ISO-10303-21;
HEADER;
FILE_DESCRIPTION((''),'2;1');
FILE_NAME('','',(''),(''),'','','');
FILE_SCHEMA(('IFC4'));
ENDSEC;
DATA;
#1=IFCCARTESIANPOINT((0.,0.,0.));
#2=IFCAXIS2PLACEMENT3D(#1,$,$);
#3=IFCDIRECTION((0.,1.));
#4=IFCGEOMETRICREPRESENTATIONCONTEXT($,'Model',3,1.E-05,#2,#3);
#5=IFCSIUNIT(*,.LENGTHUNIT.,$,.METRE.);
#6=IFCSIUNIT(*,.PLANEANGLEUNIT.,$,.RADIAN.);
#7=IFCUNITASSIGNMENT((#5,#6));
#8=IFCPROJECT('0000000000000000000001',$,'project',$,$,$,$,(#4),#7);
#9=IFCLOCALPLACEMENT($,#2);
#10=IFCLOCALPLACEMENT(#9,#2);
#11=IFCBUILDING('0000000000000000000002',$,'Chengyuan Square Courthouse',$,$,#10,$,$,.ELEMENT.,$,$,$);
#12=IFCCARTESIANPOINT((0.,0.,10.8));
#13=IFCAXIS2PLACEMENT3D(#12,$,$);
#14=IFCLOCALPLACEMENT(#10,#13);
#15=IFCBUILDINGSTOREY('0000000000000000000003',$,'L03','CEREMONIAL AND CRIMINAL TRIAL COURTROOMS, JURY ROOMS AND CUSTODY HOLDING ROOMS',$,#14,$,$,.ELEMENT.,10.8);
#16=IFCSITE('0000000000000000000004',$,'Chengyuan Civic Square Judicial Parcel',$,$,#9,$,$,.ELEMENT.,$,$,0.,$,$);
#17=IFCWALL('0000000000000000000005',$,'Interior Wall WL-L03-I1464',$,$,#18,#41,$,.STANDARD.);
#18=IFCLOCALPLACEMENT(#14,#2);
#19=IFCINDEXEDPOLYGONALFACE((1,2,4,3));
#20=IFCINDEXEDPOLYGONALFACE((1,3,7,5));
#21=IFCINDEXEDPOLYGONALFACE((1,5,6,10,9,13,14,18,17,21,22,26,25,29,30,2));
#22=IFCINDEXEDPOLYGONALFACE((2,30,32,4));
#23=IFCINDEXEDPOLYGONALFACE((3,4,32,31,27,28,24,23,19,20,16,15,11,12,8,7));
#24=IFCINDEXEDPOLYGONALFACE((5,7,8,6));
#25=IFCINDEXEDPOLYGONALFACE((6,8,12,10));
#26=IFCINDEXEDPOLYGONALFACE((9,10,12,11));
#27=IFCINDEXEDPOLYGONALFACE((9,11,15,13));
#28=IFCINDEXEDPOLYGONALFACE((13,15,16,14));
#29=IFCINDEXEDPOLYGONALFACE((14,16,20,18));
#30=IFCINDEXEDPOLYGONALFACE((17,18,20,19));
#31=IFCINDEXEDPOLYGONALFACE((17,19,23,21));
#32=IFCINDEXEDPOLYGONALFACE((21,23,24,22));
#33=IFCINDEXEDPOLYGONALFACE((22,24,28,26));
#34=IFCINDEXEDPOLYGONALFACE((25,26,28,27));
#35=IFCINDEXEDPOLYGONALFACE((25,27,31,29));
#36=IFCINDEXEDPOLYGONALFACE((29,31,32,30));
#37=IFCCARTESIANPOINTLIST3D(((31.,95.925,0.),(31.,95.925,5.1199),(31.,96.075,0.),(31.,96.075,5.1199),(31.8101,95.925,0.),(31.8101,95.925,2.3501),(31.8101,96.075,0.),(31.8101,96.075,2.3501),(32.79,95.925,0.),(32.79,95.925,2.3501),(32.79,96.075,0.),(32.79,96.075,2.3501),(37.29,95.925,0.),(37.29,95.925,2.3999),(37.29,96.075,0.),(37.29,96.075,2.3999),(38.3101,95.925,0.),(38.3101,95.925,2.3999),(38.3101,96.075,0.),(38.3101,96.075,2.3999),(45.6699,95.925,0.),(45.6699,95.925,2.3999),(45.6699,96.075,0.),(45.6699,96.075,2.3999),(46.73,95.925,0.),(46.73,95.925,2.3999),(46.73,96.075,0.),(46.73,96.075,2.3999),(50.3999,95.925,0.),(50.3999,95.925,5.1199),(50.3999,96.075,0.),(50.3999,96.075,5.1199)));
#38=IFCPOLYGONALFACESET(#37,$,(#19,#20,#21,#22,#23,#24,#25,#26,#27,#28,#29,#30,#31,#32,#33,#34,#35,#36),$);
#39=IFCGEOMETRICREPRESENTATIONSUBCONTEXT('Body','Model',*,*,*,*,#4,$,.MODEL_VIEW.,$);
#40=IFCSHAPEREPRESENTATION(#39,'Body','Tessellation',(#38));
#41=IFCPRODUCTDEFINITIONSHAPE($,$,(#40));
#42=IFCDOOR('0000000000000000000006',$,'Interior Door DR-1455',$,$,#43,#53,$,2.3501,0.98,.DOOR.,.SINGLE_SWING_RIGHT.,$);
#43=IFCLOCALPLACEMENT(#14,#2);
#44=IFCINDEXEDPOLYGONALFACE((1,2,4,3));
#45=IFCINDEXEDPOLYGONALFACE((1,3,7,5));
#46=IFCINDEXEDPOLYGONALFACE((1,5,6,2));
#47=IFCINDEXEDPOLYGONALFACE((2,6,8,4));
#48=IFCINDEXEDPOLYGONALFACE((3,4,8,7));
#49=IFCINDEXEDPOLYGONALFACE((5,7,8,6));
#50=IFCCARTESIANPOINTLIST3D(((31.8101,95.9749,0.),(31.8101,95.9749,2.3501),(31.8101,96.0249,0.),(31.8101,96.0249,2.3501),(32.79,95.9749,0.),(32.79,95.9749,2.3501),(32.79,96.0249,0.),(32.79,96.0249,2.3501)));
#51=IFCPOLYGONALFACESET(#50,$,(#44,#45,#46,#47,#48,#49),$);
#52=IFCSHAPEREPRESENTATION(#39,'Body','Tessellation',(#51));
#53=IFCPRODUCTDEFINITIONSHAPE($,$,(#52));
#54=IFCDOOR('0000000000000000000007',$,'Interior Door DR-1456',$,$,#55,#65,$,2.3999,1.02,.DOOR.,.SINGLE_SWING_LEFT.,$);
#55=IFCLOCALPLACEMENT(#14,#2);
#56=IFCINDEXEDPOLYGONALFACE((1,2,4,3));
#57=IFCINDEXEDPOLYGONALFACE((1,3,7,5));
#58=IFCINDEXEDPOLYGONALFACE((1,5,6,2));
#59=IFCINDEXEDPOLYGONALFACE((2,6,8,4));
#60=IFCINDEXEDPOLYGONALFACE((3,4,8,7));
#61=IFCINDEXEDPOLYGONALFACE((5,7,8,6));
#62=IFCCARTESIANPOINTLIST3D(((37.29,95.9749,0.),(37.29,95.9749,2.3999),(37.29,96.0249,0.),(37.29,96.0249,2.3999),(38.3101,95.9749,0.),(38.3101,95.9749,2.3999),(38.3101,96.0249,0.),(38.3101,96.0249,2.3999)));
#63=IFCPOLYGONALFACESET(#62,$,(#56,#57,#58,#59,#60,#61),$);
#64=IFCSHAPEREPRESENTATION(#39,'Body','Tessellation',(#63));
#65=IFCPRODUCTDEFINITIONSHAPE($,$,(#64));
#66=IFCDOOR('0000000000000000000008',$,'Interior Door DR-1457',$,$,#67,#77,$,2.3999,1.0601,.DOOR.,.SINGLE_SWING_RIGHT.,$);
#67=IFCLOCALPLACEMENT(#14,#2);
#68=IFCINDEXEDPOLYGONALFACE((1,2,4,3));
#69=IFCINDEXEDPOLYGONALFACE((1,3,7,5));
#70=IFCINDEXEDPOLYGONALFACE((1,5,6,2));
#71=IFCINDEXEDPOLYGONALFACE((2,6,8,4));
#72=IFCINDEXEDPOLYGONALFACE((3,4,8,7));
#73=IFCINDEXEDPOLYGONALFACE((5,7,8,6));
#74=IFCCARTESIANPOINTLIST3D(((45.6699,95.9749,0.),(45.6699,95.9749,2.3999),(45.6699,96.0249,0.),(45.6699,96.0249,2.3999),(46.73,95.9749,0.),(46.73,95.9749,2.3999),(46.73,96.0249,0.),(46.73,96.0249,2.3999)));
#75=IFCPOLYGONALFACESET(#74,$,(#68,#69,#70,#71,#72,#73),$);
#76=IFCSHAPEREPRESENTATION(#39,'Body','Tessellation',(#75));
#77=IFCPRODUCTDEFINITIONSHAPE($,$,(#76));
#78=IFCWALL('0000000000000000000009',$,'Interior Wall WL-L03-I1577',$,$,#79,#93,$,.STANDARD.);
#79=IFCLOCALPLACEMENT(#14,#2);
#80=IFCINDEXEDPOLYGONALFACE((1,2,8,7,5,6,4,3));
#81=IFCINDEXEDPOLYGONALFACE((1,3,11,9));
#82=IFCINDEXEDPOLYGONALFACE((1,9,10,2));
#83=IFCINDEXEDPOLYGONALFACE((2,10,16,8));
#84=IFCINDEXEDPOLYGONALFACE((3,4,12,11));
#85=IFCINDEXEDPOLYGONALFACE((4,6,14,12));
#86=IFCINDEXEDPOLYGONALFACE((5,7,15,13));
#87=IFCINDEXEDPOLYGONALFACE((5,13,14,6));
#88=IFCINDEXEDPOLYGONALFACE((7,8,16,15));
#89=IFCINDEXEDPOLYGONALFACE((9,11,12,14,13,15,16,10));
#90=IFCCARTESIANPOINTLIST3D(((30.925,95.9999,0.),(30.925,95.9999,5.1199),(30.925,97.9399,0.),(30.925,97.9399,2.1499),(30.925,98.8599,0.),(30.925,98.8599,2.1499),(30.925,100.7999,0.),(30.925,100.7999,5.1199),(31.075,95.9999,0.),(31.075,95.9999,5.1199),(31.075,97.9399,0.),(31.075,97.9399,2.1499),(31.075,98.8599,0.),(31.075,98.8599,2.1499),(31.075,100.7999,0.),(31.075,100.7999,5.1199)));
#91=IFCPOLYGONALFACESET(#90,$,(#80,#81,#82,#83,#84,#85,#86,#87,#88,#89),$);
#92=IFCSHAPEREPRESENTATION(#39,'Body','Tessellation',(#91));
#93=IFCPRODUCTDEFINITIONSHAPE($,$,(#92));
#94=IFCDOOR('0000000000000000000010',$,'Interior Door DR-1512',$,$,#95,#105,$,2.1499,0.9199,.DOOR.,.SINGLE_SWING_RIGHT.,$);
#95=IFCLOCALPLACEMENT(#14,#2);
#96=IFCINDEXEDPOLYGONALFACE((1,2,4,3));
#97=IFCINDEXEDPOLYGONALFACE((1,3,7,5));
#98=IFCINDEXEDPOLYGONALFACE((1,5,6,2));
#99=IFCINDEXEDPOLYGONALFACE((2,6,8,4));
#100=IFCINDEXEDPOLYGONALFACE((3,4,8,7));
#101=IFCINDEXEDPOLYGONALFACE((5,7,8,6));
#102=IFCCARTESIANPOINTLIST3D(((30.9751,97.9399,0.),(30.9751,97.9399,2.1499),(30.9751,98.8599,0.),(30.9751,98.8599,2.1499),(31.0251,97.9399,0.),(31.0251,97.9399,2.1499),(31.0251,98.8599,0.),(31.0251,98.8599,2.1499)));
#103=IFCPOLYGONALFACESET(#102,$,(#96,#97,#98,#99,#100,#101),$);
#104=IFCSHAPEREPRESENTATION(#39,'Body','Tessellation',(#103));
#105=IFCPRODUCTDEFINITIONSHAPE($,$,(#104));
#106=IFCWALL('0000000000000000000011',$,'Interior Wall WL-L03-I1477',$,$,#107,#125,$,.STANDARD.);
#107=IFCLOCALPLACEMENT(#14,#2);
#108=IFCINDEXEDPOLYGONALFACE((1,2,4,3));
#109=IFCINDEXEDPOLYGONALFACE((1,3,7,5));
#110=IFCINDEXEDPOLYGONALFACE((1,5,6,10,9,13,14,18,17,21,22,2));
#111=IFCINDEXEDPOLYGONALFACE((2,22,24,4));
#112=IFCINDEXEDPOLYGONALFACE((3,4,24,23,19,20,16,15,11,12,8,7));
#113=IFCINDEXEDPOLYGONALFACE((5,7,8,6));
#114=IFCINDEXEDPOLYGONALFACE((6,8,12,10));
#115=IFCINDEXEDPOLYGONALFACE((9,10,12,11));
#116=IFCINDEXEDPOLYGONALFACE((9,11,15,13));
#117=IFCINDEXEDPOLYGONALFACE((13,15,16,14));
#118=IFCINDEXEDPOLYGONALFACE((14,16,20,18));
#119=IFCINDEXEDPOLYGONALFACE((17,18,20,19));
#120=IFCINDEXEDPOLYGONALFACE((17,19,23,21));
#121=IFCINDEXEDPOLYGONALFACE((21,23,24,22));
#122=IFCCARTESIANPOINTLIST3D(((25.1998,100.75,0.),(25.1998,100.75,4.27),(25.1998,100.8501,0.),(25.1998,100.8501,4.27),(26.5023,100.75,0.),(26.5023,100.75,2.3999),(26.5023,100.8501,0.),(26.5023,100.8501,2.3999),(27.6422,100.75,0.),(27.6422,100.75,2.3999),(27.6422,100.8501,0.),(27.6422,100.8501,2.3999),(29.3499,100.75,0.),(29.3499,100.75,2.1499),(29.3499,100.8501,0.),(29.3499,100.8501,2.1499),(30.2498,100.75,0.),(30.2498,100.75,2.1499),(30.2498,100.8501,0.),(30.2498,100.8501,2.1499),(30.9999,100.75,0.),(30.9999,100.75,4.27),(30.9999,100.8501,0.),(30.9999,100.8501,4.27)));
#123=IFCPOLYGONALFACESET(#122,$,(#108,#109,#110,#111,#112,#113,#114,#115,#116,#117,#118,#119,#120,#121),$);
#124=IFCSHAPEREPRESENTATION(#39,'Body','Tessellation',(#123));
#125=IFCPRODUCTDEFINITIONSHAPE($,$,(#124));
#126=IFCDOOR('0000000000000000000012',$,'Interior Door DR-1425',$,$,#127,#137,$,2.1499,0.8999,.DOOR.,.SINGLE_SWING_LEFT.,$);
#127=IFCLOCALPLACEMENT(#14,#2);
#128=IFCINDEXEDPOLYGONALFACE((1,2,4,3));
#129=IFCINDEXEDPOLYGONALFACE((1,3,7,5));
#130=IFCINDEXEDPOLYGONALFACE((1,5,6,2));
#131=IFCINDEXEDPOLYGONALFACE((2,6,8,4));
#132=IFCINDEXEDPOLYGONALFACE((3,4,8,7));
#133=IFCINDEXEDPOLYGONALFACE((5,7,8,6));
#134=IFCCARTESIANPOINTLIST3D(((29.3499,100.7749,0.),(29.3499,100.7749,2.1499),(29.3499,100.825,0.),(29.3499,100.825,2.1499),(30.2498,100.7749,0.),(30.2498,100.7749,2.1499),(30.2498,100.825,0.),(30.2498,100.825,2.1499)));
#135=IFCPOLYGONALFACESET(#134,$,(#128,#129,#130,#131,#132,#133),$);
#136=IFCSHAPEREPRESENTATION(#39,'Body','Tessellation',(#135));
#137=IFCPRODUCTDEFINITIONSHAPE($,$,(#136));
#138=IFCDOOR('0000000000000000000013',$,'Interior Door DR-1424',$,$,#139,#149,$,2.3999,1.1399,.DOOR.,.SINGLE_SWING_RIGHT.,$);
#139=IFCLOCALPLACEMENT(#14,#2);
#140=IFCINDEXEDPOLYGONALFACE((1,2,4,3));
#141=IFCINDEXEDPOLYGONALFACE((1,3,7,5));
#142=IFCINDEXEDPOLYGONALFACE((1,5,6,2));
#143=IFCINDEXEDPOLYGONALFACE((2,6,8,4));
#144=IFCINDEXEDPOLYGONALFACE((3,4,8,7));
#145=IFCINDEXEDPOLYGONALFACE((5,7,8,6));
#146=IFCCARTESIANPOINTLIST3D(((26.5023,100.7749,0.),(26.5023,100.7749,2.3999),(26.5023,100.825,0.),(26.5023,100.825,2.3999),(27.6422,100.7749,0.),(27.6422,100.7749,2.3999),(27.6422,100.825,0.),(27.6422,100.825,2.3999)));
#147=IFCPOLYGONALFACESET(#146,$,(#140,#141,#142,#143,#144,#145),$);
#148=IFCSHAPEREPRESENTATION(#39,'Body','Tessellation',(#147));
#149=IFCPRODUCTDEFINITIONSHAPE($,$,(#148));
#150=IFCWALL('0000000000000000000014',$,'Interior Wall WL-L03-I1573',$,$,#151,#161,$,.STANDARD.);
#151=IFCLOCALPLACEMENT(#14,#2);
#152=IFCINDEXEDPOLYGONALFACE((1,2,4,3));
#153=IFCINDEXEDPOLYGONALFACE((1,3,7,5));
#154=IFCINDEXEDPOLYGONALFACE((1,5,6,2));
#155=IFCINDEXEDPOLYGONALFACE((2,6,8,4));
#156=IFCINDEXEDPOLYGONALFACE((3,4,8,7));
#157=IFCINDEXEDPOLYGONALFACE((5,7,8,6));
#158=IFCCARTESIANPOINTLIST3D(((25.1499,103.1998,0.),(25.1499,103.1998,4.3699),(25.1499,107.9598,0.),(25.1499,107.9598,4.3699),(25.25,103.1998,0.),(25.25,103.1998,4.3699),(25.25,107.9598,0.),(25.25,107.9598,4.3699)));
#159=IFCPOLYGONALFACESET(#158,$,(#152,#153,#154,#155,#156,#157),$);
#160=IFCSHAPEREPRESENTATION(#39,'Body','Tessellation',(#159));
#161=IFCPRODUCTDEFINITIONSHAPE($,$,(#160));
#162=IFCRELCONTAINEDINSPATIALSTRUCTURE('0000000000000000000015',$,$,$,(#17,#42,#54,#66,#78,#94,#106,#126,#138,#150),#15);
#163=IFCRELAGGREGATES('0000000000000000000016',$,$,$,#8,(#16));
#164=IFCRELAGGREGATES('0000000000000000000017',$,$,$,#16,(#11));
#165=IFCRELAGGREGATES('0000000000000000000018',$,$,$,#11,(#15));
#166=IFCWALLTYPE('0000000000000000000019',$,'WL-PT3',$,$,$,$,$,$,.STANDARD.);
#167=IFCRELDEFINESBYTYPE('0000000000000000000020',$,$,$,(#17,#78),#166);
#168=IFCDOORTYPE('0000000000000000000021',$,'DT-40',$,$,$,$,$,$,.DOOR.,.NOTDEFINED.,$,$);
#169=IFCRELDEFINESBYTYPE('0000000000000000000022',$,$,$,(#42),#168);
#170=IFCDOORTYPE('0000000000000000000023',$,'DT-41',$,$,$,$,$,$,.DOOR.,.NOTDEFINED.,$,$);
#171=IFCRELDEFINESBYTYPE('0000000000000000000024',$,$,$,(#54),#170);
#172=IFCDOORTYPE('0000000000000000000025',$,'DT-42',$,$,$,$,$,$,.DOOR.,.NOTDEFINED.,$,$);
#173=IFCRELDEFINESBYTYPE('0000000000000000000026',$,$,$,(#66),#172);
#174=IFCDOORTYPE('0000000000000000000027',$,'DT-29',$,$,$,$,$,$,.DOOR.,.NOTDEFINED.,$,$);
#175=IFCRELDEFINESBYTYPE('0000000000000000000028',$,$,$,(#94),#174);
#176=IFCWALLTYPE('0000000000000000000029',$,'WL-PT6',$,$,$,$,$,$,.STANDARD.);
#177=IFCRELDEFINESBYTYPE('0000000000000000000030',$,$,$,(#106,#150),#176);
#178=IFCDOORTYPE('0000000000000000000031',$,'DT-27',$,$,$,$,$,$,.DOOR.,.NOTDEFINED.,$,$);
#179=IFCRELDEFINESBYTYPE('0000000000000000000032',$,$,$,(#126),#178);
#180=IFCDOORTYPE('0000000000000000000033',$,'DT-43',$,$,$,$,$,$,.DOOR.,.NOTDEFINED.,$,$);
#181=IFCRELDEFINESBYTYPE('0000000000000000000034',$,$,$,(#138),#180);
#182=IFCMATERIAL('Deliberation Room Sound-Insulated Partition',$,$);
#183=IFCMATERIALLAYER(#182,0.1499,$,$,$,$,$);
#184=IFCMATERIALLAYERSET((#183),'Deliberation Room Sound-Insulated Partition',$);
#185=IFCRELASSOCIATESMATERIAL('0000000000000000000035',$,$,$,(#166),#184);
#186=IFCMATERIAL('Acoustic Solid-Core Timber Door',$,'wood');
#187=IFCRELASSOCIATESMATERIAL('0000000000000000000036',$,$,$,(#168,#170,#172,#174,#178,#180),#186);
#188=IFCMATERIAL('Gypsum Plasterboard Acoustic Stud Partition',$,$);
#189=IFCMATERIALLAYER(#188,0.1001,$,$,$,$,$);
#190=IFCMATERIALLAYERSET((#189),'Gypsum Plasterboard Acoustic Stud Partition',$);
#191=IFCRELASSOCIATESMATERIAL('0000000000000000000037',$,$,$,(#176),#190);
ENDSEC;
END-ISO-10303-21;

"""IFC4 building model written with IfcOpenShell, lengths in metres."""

from ifc_helpers import new_model, si_unit, direction, frame, frame_2d, origin, place, context, subcontext, project, spatial, rectangle, extrude, material, layer, layer_set, type_object, element, fill, save


model = new_model("IFC4")

# Units and contexts
model_context = context("Model", 3, precision=1e-05, world=origin(), true_north=direction((0.0, 1.0)))
body_context = subcontext(model_context, "Body", "Model", "MODEL_VIEW")
ifc_project = project(units=[si_unit("LENGTHUNIT", "METRE"), si_unit("PLANEANGLEUNIT", "RADIAN")], contexts=[model_context])

# Site, building, storey
site_placement = place(None, origin())
site = spatial("IfcSite", under=ifc_project, at=site_placement, Name="Chengyuan Civic Square Judicial Parcel", CompositionType="ELEMENT", RefElevation=0.0)
building_placement = place(site_placement, origin())
building = spatial("IfcBuilding", under=site, at=building_placement, Name="Chengyuan Square Courthouse", CompositionType="ELEMENT")
storey_placement = place(building_placement, frame((0.0, 0.0, 10.8)))
storey = spatial("IfcBuildingStorey", under=building, at=storey_placement, Name="L03", Description="CEREMONIAL AND CRIMINAL TRIAL COURTROOMS, JURY ROOMS AND CUSTODY HOLDING ROOMS", CompositionType="ELEMENT", Elevation=10.8)

# Wall, openings, doors
ifc_material_1 = material(Name="Deliberation Room Sound-Insulated Partition")
ifc_layer_1 = layer(ifc_material_1, 0.1499)
ifc_layer_set_1 = layer_set([ifc_layer_1], Name="Deliberation Room Sound-Insulated Partition")
wall_type_1 = type_object("IfcWallType", Name="WL-PT3", PredefinedType="STANDARD", material=ifc_layer_set_1)
wall_1_placement = place(storey_placement, frame((31.0, 96.0, 0.0), z_axis=(0.0, 0.0, 1.0), x_axis=(1.0, 0.0, 0.0)))
wall_1 = element("IfcWall", 1, at=wall_1_placement, inside=storey, type_object=wall_type_1, Name="Interior Wall WL-L03-I1464", PredefinedType="STANDARD", context=body_context, shape_type="SweptSolid", body=[
    extrude(rectangle(XDim=19.3999, YDim=0.1499, at=frame_2d((9.7, 0.0))), origin(), (0.0, 0.0, 1.0), 5.1199),
])
opening_1_placement = place(wall_1_placement, frame((0.8101, 0.0, 0.0)))
opening_1 = element("IfcOpeningElement", 2, at=opening_1_placement, cuts=wall_1, PredefinedType="OPENING", context=body_context, shape_type="SweptSolid", body=[
    extrude(rectangle(XDim=0.98, YDim=2.3501, at=frame_2d((0.49, 1.175))), frame((0.0, 0.0869, 0.0), z_axis=(0.0, -1.0, 0.0), x_axis=(1.0, 0.0, 0.0)), (0.0, 0.0, 1.0), 0.1738),
])
opening_2_placement = place(wall_1_placement, frame((6.29, 0.0, 0.0)))
opening_2 = element("IfcOpeningElement", 3, at=opening_2_placement, cuts=wall_1, PredefinedType="OPENING", context=body_context, shape_type="SweptSolid", body=[
    extrude(rectangle(XDim=1.02, YDim=2.3999, at=frame_2d((0.51, 1.2))), frame((0.0, 0.0869, 0.0), z_axis=(0.0, -1.0, 0.0), x_axis=(1.0, 0.0, 0.0)), (0.0, 0.0, 1.0), 0.1738),
])
opening_3_placement = place(wall_1_placement, frame((14.6699, 0.0, 0.0)))
opening_3 = element("IfcOpeningElement", 4, at=opening_3_placement, cuts=wall_1, PredefinedType="OPENING", context=body_context, shape_type="SweptSolid", body=[
    extrude(rectangle(XDim=1.0601, YDim=2.3999, at=frame_2d((0.53, 1.2))), frame((0.0, 0.0869, 0.0), z_axis=(0.0, -1.0, 0.0), x_axis=(1.0, 0.0, 0.0)), (0.0, 0.0, 1.0), 0.1738),
])
ifc_material_2 = material(Name="Acoustic Solid-Core Timber Door", Category="wood")
door_type_1 = type_object("IfcDoorType", Name="DT-40", OperationType="NOTDEFINED", PredefinedType="DOOR", material=ifc_material_2)
door_1_placement = place(opening_1_placement, origin())
door_1 = element("IfcDoor", 5, at=door_1_placement, inside=storey, type_object=door_type_1, Name="Interior Door DR-1455", OperationType="SINGLE_SWING_RIGHT", OverallHeight=2.3501, OverallWidth=0.98, PredefinedType="DOOR", context=body_context, shape_type="SweptSolid", body=[
    extrude(rectangle(XDim=0.98, YDim=2.3501, at=frame_2d((0.49, 1.175))), frame((0.0, 0.0249, 0.0), z_axis=(0.0, -1.0, 0.0), x_axis=(1.0, 0.0, 0.0)), (0.0, 0.0, 1.0), 0.05),
])
fill(opening_1, door_1)
door_type_2 = type_object("IfcDoorType", Name="DT-41", OperationType="NOTDEFINED", PredefinedType="DOOR", material=ifc_material_2)
door_2_placement = place(opening_2_placement, origin())
door_2 = element("IfcDoor", 6, at=door_2_placement, inside=storey, type_object=door_type_2, Name="Interior Door DR-1456", OperationType="SINGLE_SWING_LEFT", OverallHeight=2.3999, OverallWidth=1.02, PredefinedType="DOOR", context=body_context, shape_type="SweptSolid", body=[
    extrude(rectangle(XDim=1.02, YDim=2.3999, at=frame_2d((0.51, 1.2))), frame((0.0, 0.0249, 0.0), z_axis=(0.0, -1.0, 0.0), x_axis=(1.0, 0.0, 0.0)), (0.0, 0.0, 1.0), 0.05),
])
fill(opening_2, door_2)
door_type_3 = type_object("IfcDoorType", Name="DT-42", OperationType="NOTDEFINED", PredefinedType="DOOR", material=ifc_material_2)
door_3_placement = place(opening_3_placement, origin())
door_3 = element("IfcDoor", 7, at=door_3_placement, inside=storey, type_object=door_type_3, Name="Interior Door DR-1457", OperationType="SINGLE_SWING_RIGHT", OverallHeight=2.3999, OverallWidth=1.0601, PredefinedType="DOOR", context=body_context, shape_type="SweptSolid", body=[
    extrude(rectangle(XDim=1.0601, YDim=2.3999, at=frame_2d((0.53, 1.2))), frame((0.0, 0.0249, 0.0), z_axis=(0.0, -1.0, 0.0), x_axis=(1.0, 0.0, 0.0)), (0.0, 0.0, 1.0), 0.05),
])
fill(opening_3, door_3)

# Wall, opening, door
wall_2_placement = place(storey_placement, frame((31.0, 96.0, 0.0), z_axis=(0.0, 0.0, 1.0), x_axis=(0.0, 1.0, 0.0)))
wall_2 = element("IfcWall", 8, at=wall_2_placement, inside=storey, type_object=wall_type_1, Name="Interior Wall WL-L03-I1577", PredefinedType="STANDARD", context=body_context, shape_type="SweptSolid", body=[
    extrude(rectangle(XDim=4.8, YDim=0.1499, at=frame_2d((2.3999, 0.0))), origin(), (0.0, 0.0, 1.0), 5.1199),
])
opening_4_placement = place(wall_2_placement, frame((1.9399, 0.0, 0.0)))
opening_4 = element("IfcOpeningElement", 9, at=opening_4_placement, cuts=wall_2, PredefinedType="OPENING", context=body_context, shape_type="SweptSolid", body=[
    extrude(rectangle(XDim=0.9199, YDim=2.1499, at=frame_2d((0.46, 1.075))), frame((0.0, 0.0869, 0.0), z_axis=(0.0, -1.0, 0.0), x_axis=(1.0, 0.0, 0.0)), (0.0, 0.0, 1.0), 0.1738),
])
door_type_4 = type_object("IfcDoorType", Name="DT-29", OperationType="NOTDEFINED", PredefinedType="DOOR", material=ifc_material_2)
door_4_placement = place(opening_4_placement, origin())
door_4 = element("IfcDoor", 10, at=door_4_placement, inside=storey, type_object=door_type_4, Name="Interior Door DR-1512", OperationType="SINGLE_SWING_RIGHT", OverallHeight=2.1499, OverallWidth=0.9199, PredefinedType="DOOR", context=body_context, shape_type="SweptSolid", body=[
    extrude(rectangle(XDim=0.9199, YDim=2.1499, at=frame_2d((0.46, 1.075))), frame((0.0, 0.0249, 0.0), z_axis=(0.0, -1.0, 0.0), x_axis=(1.0, 0.0, 0.0)), (0.0, 0.0, 1.0), 0.05),
])
fill(opening_4, door_4)

# Wall, openings, doors
ifc_material_3 = material(Name="Gypsum Plasterboard Acoustic Stud Partition")
ifc_layer_2 = layer(ifc_material_3, 0.1001)
ifc_layer_set_2 = layer_set([ifc_layer_2], Name="Gypsum Plasterboard Acoustic Stud Partition")
wall_type_2 = type_object("IfcWallType", Name="WL-PT6", PredefinedType="STANDARD", material=ifc_layer_set_2)
wall_3_placement = place(storey_placement, frame((25.2, 100.8, 0.0), z_axis=(0.0, 0.0, 1.0), x_axis=(1.0, 0.0, 0.0)))
wall_3 = element("IfcWall", 11, at=wall_3_placement, inside=storey, type_object=wall_type_2, Name="Interior Wall WL-L03-I1477", PredefinedType="STANDARD", context=body_context, shape_type="SweptSolid", body=[
    extrude(rectangle(XDim=5.8, YDim=0.1001, at=frame_2d((2.8999, 0.0))), origin(), (0.0, 0.0, 1.0), 4.27),
])
opening_5_placement = place(wall_3_placement, frame((1.3025, 0.0, 0.0)))
opening_5 = element("IfcOpeningElement", 12, at=opening_5_placement, cuts=wall_3, PredefinedType="OPENING", context=body_context, shape_type="SweptSolid", body=[
    extrude(rectangle(XDim=1.1399, YDim=2.3999, at=frame_2d((0.5698, 1.2))), frame((0.0, 0.062, 0.0), z_axis=(0.0, -1.0, 0.0), x_axis=(1.0, 0.0, 0.0)), (0.0, 0.0, 1.0), 0.124),
])
opening_6_placement = place(wall_3_placement, frame((4.1499, 0.0, 0.0)))
opening_6 = element("IfcOpeningElement", 13, at=opening_6_placement, cuts=wall_3, PredefinedType="OPENING", context=body_context, shape_type="SweptSolid", body=[
    extrude(rectangle(XDim=0.8999, YDim=2.1499, at=frame_2d((0.45, 1.075))), frame((0.0, 0.062, 0.0), z_axis=(0.0, -1.0, 0.0), x_axis=(1.0, 0.0, 0.0)), (0.0, 0.0, 1.0), 0.124),
])
door_type_5 = type_object("IfcDoorType", Name="DT-27", OperationType="NOTDEFINED", PredefinedType="DOOR", material=ifc_material_2)
door_5_placement = place(opening_6_placement, origin())
door_5 = element("IfcDoor", 14, at=door_5_placement, inside=storey, type_object=door_type_5, Name="Interior Door DR-1425", OperationType="SINGLE_SWING_LEFT", OverallHeight=2.1499, OverallWidth=0.8999, PredefinedType="DOOR", context=body_context, shape_type="SweptSolid", body=[
    extrude(rectangle(XDim=0.8999, YDim=2.1499, at=frame_2d((0.45, 1.075))), frame((0.0, 0.0249, 0.0), z_axis=(0.0, -1.0, 0.0), x_axis=(1.0, 0.0, 0.0)), (0.0, 0.0, 1.0), 0.05),
])
fill(opening_6, door_5)
door_type_6 = type_object("IfcDoorType", Name="DT-43", OperationType="NOTDEFINED", PredefinedType="DOOR", material=ifc_material_2)
door_6_placement = place(opening_5_placement, origin())
door_6 = element("IfcDoor", 15, at=door_6_placement, inside=storey, type_object=door_type_6, Name="Interior Door DR-1424", OperationType="SINGLE_SWING_RIGHT", OverallHeight=2.3999, OverallWidth=1.1399, PredefinedType="DOOR", context=body_context, shape_type="SweptSolid", body=[
    extrude(rectangle(XDim=1.1399, YDim=2.3999, at=frame_2d((0.5698, 1.2))), frame((0.0, 0.0249, 0.0), z_axis=(0.0, -1.0, 0.0), x_axis=(1.0, 0.0, 0.0)), (0.0, 0.0, 1.0), 0.05),
])
fill(opening_5, door_6)

# Wall
wall_4_placement = place(storey_placement, frame((25.2, 103.2, 0.0), z_axis=(0.0, 0.0, 1.0), x_axis=(0.0, 1.0, 0.0)))
element("IfcWall", 16, at=wall_4_placement, inside=storey, type_object=wall_type_2, Name="Interior Wall WL-L03-I1573", PredefinedType="STANDARD", context=body_context, shape_type="SweptSolid", body=[
    extrude(rectangle(XDim=4.76, YDim=0.1001, at=frame_2d((2.3799, 0.0))), origin(), (0.0, 0.0, 1.0), 4.3699),
])

save(model, "model.ifc")
